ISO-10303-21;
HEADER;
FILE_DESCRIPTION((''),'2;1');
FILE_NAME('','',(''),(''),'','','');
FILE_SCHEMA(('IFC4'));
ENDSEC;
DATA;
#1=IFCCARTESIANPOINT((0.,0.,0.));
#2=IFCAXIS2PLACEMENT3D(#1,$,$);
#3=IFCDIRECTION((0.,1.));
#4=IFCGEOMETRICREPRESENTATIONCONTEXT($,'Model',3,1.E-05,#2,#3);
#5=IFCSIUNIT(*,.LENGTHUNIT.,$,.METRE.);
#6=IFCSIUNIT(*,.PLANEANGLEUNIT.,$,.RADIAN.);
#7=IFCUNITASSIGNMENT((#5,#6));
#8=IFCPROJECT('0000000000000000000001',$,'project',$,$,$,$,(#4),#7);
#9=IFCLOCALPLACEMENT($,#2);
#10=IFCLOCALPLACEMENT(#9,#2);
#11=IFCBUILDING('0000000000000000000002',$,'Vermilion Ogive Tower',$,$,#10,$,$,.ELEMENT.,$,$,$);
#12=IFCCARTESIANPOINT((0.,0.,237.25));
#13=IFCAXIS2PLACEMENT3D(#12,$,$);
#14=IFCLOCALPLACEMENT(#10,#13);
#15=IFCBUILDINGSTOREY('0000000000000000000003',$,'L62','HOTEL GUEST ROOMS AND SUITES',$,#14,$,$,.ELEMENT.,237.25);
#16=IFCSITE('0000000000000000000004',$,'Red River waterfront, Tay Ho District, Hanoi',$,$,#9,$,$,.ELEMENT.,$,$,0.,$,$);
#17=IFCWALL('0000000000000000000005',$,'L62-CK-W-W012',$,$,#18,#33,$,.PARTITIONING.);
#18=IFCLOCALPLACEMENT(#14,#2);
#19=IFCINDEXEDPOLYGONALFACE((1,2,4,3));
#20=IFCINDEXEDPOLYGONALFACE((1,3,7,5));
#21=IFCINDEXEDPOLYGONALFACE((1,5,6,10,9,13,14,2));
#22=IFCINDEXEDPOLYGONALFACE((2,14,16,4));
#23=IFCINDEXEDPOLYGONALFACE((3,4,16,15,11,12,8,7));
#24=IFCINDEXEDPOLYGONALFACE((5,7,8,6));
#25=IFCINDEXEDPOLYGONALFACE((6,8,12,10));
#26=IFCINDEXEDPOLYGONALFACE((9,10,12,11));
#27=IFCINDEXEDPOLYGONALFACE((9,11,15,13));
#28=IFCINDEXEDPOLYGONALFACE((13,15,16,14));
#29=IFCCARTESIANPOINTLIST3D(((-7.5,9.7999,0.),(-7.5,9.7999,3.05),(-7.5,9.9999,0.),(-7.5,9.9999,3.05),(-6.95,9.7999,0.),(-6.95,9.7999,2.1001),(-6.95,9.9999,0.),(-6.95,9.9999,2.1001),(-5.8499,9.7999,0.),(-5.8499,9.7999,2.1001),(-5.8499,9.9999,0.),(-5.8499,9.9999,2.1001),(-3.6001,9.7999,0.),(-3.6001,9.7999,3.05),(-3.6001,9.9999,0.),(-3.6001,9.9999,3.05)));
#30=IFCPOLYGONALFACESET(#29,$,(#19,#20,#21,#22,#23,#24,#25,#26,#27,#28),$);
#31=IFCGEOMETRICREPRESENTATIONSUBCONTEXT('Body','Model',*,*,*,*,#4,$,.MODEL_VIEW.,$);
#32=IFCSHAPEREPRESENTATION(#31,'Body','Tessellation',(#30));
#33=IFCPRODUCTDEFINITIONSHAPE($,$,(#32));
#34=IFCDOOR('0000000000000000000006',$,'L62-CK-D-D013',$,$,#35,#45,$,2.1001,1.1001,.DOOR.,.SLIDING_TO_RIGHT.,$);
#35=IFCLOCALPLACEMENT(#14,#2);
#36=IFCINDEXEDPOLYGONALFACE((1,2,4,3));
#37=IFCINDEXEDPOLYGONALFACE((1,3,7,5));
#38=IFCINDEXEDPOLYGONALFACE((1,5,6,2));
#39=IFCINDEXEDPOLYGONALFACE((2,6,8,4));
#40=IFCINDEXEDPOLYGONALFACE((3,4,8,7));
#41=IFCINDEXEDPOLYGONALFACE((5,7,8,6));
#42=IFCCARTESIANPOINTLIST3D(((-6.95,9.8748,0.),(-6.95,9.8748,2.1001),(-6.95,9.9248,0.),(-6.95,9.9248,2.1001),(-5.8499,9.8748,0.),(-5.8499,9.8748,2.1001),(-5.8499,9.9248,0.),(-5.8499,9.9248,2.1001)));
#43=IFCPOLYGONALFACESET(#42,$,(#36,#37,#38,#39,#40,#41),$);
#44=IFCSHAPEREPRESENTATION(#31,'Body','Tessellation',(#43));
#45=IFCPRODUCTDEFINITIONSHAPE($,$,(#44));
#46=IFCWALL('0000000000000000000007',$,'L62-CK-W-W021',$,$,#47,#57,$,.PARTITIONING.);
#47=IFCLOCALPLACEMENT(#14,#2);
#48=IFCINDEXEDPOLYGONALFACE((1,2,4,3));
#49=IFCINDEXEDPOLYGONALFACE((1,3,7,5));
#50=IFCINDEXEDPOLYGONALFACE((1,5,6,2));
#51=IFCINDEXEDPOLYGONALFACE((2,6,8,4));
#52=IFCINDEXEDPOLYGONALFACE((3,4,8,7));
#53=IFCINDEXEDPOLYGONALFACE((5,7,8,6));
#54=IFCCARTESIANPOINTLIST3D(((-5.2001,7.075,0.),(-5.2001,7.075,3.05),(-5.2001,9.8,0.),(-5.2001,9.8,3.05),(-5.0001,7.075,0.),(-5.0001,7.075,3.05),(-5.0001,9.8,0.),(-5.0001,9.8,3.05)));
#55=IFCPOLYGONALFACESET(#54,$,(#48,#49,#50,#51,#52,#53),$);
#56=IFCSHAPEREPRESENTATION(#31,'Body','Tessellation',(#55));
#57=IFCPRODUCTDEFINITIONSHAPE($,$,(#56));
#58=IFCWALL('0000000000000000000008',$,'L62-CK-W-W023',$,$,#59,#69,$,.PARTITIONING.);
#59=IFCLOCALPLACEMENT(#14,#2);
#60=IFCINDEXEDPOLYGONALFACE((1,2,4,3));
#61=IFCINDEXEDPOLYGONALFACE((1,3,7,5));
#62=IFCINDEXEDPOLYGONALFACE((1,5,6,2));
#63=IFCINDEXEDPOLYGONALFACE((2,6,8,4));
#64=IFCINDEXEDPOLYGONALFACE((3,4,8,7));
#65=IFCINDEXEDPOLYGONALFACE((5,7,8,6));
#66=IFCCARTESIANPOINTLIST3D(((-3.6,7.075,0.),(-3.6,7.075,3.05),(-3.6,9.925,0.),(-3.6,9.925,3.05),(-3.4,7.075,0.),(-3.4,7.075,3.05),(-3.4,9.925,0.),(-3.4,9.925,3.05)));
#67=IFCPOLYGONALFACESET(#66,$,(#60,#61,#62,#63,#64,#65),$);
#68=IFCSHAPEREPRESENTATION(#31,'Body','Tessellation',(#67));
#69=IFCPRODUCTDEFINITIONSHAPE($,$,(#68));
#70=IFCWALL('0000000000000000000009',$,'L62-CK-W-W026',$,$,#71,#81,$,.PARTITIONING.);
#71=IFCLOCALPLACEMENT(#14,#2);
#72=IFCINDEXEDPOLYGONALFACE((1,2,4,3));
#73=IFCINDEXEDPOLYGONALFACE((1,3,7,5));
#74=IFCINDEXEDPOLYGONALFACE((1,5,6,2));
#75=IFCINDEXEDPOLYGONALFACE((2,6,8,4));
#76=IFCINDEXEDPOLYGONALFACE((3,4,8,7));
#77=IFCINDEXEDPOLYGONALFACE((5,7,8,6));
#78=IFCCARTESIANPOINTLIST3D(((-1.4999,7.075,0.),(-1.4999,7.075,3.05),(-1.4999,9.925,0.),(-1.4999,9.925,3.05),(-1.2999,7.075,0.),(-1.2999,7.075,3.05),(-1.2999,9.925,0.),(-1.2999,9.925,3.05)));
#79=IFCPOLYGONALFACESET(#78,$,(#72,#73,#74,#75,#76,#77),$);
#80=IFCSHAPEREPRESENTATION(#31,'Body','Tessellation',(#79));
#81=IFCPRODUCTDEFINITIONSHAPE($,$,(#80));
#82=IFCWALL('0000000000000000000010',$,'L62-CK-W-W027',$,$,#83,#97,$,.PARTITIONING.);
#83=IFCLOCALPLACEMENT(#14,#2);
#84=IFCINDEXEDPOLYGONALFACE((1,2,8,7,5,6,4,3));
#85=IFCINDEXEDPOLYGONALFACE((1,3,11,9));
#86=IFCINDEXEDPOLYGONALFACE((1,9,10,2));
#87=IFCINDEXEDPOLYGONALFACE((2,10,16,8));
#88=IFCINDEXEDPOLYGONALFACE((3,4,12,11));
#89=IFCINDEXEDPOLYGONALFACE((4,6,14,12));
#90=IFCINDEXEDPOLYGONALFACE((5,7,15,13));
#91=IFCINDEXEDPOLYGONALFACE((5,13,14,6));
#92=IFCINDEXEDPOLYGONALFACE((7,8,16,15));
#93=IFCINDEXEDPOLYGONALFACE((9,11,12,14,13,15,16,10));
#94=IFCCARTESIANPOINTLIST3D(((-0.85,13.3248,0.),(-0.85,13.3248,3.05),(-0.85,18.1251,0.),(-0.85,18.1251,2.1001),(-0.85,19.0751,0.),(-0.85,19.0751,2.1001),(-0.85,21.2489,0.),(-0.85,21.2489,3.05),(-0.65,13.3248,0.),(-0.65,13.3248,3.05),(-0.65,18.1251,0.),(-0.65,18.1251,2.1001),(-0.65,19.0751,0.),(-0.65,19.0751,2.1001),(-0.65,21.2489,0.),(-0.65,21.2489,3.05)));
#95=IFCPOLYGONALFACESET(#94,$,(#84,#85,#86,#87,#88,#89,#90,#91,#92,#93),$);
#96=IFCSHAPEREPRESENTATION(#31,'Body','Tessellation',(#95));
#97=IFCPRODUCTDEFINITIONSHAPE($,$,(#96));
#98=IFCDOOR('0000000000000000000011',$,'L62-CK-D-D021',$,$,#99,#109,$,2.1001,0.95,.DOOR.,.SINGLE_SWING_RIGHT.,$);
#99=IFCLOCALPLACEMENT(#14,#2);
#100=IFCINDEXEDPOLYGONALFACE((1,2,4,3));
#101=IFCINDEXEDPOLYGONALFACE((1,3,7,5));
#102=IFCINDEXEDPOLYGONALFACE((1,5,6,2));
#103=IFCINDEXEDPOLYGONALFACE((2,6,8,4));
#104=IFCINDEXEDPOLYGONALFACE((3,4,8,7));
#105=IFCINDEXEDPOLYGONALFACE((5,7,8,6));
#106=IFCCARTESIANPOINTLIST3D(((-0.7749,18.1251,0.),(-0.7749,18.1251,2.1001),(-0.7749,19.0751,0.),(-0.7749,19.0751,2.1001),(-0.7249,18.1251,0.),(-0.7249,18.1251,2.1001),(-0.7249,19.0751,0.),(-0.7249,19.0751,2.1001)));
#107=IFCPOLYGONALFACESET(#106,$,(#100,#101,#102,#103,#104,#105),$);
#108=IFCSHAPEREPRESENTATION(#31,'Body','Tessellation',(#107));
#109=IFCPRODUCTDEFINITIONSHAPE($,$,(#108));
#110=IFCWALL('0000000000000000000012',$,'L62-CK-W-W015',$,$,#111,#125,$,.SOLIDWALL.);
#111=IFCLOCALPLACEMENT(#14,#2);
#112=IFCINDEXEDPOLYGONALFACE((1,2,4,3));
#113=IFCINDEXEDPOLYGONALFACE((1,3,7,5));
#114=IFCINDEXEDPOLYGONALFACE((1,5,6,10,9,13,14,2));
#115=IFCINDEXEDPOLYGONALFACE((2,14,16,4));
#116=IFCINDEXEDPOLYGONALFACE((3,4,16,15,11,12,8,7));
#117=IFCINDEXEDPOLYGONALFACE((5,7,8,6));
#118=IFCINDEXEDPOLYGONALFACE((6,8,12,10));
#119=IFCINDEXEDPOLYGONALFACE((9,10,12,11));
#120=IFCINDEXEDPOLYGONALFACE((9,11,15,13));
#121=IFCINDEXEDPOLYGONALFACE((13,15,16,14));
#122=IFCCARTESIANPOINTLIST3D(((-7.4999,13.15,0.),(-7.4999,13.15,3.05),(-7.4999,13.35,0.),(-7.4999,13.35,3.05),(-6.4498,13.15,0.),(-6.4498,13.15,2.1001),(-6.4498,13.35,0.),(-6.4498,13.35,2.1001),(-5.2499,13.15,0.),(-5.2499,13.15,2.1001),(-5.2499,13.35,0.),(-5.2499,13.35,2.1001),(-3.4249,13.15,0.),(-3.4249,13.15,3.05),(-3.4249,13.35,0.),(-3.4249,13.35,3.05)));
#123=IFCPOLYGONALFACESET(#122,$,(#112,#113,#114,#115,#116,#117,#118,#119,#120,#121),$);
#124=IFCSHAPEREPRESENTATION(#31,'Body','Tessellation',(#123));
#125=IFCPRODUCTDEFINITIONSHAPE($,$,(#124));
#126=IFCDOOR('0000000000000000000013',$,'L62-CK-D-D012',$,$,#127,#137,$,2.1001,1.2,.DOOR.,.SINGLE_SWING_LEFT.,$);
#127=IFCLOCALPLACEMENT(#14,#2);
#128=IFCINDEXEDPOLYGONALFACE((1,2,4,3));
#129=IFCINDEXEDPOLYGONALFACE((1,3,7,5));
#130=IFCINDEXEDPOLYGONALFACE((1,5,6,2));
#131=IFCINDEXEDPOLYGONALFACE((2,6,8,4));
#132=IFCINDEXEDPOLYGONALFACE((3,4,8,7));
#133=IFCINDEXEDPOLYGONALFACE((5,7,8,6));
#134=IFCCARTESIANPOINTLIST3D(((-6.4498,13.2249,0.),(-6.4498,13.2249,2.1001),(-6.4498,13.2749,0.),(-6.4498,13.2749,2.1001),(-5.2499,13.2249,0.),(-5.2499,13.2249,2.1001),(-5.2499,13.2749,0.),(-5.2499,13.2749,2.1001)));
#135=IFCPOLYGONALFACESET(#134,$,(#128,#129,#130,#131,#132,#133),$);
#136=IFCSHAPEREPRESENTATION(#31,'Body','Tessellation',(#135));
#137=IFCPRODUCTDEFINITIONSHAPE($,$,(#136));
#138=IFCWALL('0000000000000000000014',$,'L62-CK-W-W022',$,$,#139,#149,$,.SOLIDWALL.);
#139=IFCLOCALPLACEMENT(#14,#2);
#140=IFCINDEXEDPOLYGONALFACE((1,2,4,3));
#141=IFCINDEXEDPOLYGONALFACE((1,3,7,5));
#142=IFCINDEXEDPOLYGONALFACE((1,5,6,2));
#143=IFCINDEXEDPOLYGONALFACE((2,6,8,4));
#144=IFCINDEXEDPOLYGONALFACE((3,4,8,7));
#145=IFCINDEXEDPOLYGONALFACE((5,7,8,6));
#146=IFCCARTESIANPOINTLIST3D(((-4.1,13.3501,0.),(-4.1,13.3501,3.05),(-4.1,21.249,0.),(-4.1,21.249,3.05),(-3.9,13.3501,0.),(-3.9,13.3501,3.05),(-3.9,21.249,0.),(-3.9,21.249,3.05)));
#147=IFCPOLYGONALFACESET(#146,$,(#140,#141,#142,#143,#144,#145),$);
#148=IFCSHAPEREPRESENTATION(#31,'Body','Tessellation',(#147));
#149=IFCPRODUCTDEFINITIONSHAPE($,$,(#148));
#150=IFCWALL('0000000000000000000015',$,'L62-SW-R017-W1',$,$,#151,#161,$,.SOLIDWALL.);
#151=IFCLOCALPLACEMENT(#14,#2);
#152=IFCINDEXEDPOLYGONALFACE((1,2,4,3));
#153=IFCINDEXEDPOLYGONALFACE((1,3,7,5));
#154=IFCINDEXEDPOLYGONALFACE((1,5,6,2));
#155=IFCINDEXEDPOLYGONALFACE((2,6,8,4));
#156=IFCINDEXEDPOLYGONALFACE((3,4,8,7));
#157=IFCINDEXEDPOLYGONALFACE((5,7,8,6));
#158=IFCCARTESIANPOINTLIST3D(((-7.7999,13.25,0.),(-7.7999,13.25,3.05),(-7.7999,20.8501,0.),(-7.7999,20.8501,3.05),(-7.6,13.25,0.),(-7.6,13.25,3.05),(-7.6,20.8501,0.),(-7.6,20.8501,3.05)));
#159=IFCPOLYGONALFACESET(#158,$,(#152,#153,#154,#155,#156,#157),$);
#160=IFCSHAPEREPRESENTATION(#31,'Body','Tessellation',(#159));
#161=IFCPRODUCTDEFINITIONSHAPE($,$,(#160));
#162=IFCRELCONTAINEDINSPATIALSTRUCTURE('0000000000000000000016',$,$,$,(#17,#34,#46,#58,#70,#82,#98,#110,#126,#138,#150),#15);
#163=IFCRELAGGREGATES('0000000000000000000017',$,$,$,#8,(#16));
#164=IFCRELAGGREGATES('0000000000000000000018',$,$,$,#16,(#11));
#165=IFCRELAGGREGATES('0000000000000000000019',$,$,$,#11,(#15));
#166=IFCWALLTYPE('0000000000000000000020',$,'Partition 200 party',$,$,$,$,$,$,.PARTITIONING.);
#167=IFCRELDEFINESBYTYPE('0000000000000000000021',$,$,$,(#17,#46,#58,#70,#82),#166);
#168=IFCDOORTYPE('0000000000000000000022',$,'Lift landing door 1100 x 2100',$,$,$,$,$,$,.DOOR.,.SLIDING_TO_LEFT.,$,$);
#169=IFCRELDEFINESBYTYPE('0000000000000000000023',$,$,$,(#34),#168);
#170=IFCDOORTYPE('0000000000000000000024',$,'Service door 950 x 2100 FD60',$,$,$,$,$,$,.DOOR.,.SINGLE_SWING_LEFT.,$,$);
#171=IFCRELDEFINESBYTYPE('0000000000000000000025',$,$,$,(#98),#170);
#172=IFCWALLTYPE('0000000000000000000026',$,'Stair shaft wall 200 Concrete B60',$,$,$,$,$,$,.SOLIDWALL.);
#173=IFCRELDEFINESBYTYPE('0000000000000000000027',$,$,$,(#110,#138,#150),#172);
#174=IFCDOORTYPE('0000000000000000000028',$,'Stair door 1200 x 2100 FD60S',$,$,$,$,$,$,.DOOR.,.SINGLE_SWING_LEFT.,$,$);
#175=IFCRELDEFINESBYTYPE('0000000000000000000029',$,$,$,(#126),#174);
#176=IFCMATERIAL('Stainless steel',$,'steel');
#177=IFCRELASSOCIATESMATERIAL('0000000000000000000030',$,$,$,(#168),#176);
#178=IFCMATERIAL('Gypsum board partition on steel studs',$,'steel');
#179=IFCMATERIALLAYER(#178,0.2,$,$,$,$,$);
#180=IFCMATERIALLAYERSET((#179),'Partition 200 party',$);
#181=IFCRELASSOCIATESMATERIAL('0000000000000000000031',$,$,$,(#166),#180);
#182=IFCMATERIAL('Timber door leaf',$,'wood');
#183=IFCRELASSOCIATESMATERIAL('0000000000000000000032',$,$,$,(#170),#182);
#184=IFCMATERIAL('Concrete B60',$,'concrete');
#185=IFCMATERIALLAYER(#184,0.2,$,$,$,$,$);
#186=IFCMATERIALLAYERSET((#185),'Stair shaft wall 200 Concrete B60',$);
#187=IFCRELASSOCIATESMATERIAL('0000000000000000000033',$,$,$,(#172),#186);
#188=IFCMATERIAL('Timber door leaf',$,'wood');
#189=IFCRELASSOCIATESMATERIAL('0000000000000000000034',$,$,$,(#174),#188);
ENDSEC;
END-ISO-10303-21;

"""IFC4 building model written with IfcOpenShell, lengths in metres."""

from ifc_helpers import new_model, si_unit, direction, frame, frame_2d, origin, place, context, subcontext, project, spatial, rectangle, extrude, material, layer, layer_set, type_object, element, fill, save


model = new_model("IFC4")

# Units and contexts
model_context = context("Model", 3, precision=1e-05, world=origin(), true_north=direction((0.0, 1.0)))
body_context = subcontext(model_context, "Body", "Model", "MODEL_VIEW")
ifc_project = project(units=[si_unit("LENGTHUNIT", "METRE"), si_unit("PLANEANGLEUNIT", "RADIAN")], contexts=[model_context])

# Site, building, storey
site_placement = place(None, origin())
site = spatial("IfcSite", under=ifc_project, at=site_placement, Name="Red River waterfront, Tay Ho District, Hanoi", CompositionType="ELEMENT", RefElevation=0.0)
building_placement = place(site_placement, origin())
building = spatial("IfcBuilding", under=site, at=building_placement, Name="Vermilion Ogive Tower", CompositionType="ELEMENT")
storey_placement = place(building_placement, frame((0.0, 0.0, 237.25)))
storey = spatial("IfcBuildingStorey", under=building, at=storey_placement, Name="L62", Description="HOTEL GUEST ROOMS AND SUITES", CompositionType="ELEMENT", Elevation=237.25)

# Shared definitions
ifc_material_1 = material(Name="Stainless steel", Category="steel")
door_type_1 = type_object("IfcDoorType", Name="Lift landing door 1100 x 2100", OperationType="SLIDING_TO_LEFT", PredefinedType="DOOR", material=ifc_material_1)

# Wall, opening, door
ifc_material_2 = material(Name="Gypsum board partition on steel studs", Category="steel")
ifc_layer_1 = layer(ifc_material_2, 0.2)
ifc_layer_set_1 = layer_set([ifc_layer_1], Name="Partition 200 party")
wall_type_1 = type_object("IfcWallType", Name="Partition 200 party", PredefinedType="PARTITIONING", material=ifc_layer_set_1)
wall_1_placement = place(storey_placement, frame((-7.5, 9.8999, 0.0), z_axis=(0.0, 0.0, 1.0), x_axis=(1.0, 0.0, 0.0)))
wall_1 = element("IfcWall", 1, at=wall_1_placement, inside=storey, type_object=wall_type_1, Name="L62-CK-W-W012", PredefinedType="PARTITIONING", context=body_context, shape_type="SweptSolid", body=[
    extrude(rectangle(XDim=3.8999, YDim=0.2, at=frame_2d((1.95, 0.0))), origin(), (0.0, 0.0, 1.0), 3.05),
])
opening_1_placement = place(wall_1_placement, frame((0.55, 0.0, 0.0)))
opening_1 = element("IfcOpeningElement", 2, at=opening_1_placement, cuts=wall_1, PredefinedType="OPENING", context=body_context, shape_type="SweptSolid", body=[
    extrude(rectangle(XDim=1.1001, YDim=2.1001, at=frame_2d((0.55, 1.05))), frame((0.0, 0.1099, 0.0), z_axis=(0.0, -1.0, 0.0), x_axis=(1.0, 0.0, 0.0)), (0.0, 0.0, 1.0), 0.22),
])
door_1_placement = place(opening_1_placement, origin())
door_1 = element("IfcDoor", 3, at=door_1_placement, inside=storey, type_object=door_type_1, Name="L62-CK-D-D013", OperationType="SLIDING_TO_RIGHT", OverallHeight=2.1001, OverallWidth=1.1001, PredefinedType="DOOR", context=body_context, shape_type="SweptSolid", body=[
    extrude(rectangle(XDim=1.1001, YDim=2.1001, at=frame_2d((0.55, 1.05))), frame((0.0, 0.0249, 0.0), z_axis=(0.0, -1.0, 0.0), x_axis=(1.0, 0.0, 0.0)), (0.0, 0.0, 1.0), 0.05),
])
fill(opening_1, door_1)

# Walls
wall_2_placement = place(storey_placement, frame((-5.1001, 7.075, 0.0), z_axis=(0.0, 0.0, 1.0), x_axis=(0.0, 1.0, 0.0)))
element("IfcWall", 4, at=wall_2_placement, inside=storey, type_object=wall_type_1, Name="L62-CK-W-W021", PredefinedType="PARTITIONING", context=body_context, shape_type="SweptSolid", body=[
    extrude(rectangle(XDim=2.7251, YDim=0.2, at=frame_2d((1.3625, 0.0))), origin(), (0.0, 0.0, 1.0), 3.05),
])
for number, where, z_axis, x_axis, name in (
    (5, (-3.5, 7.075, 0.0), (0.0, 0.0, 1.0), (0.0, 1.0, 0.0), "L62-CK-W-W023"),
    (6, (-1.3999, 7.075, 0.0), (0.0, 0.0, 1.0), (0.0, 1.0, 0.0), "L62-CK-W-W026"),
):
    element("IfcWall", number, at=place(storey_placement, frame(where, z_axis=z_axis, x_axis=x_axis)), inside=storey, type_object=wall_type_1, Name=name, PredefinedType="PARTITIONING", context=body_context, shape_type="SweptSolid", body=[
        extrude(rectangle(XDim=2.8501, YDim=0.2, at=frame_2d((1.425, 0.0))), origin(), (0.0, 0.0, 1.0), 3.05),
    ])

# Walls, openings, doors
wall_3_placement = place(storey_placement, frame((-0.75, 13.325, 0.0), z_axis=(0.0, 0.0, 1.0), x_axis=(0.0, 1.0, 0.0)))
wall_3 = element("IfcWall", 7, at=wall_3_placement, inside=storey, type_object=wall_type_1, Name="L62-CK-W-W027", PredefinedType="PARTITIONING", context=body_context, shape_type="SweptSolid", body=[
    extrude(rectangle(XDim=7.9241, YDim=0.2, at=frame_2d((3.9619, 0.0))), origin(), (0.0, 0.0, 1.0), 3.05),
])
opening_2_placement = place(wall_3_placement, frame((4.8, 0.0, 0.0)))
opening_2 = element("IfcOpeningElement", 8, at=opening_2_placement, cuts=wall_3, PredefinedType="OPENING", context=body_context, shape_type="SweptSolid", body=[
    extrude(rectangle(XDim=0.95, YDim=2.1001, at=frame_2d((0.4751, 1.05))), frame((0.0, 0.1099, 0.0), z_axis=(0.0, -1.0, 0.0), x_axis=(1.0, 0.0, 0.0)), (0.0, 0.0, 1.0), 0.22),
])
ifc_material_3 = material(Name="Timber door leaf", Category="wood")
door_type_2 = type_object("IfcDoorType", Name="Service door 950 x 2100 FD60", OperationType="SINGLE_SWING_LEFT", PredefinedType="DOOR", material=ifc_material_3)
door_2_placement = place(opening_2_placement, origin())
door_2 = element("IfcDoor", 9, at=door_2_placement, inside=storey, type_object=door_type_2, Name="L62-CK-D-D021", OperationType="SINGLE_SWING_RIGHT", OverallHeight=2.1001, OverallWidth=0.95, PredefinedType="DOOR", context=body_context, shape_type="SweptSolid", body=[
    extrude(rectangle(XDim=0.95, YDim=2.1001, at=frame_2d((0.4751, 1.05))), frame((0.0, 0.0249, 0.0), z_axis=(0.0, -1.0, 0.0), x_axis=(1.0, 0.0, 0.0)), (0.0, 0.0, 1.0), 0.05),
])
fill(opening_2, door_2)
ifc_material_4 = material(Name="Concrete B60", Category="concrete")
ifc_layer_2 = layer(ifc_material_4, 0.2)
ifc_layer_set_2 = layer_set([ifc_layer_2], Name="Stair shaft wall 200 Concrete B60")
wall_type_2 = type_object("IfcWallType", Name="Stair shaft wall 200 Concrete B60", PredefinedType="SOLIDWALL", material=ifc_layer_set_2)
wall_4_placement = place(storey_placement, frame((-7.5, 13.25, 0.0), z_axis=(0.0, 0.0, 1.0), x_axis=(1.0, 0.0, 0.0)))
wall_4 = element("IfcWall", 10, at=wall_4_placement, inside=storey, type_object=wall_type_2, Name="L62-CK-W-W015", PredefinedType="SOLIDWALL", context=body_context, shape_type="SweptSolid", body=[
    extrude(rectangle(XDim=4.075, YDim=0.2, at=frame_2d((2.0376, 0.0))), origin(), (0.0, 0.0, 1.0), 3.05),
])
opening_3_placement = place(wall_4_placement, frame((1.05, 0.0, 0.0)))
opening_3 = element("IfcOpeningElement", 11, at=opening_3_placement, cuts=wall_4, PredefinedType="OPENING", context=body_context, shape_type="SweptSolid", body=[
    extrude(rectangle(XDim=1.2, YDim=2.1001, at=frame_2d((0.6001, 1.05))), frame((0.0, 0.1099, 0.0), z_axis=(0.0, -1.0, 0.0), x_axis=(1.0, 0.0, 0.0)), (0.0, 0.0, 1.0), 0.22),
])
ifc_material_5 = material(Name="Timber door leaf", Category="wood")
door_type_3 = type_object("IfcDoorType", Name="Stair door 1200 x 2100 FD60S", OperationType="SINGLE_SWING_LEFT", PredefinedType="DOOR", material=ifc_material_5)
door_3_placement = place(opening_3_placement, origin())
door_3 = element("IfcDoor", 12, at=door_3_placement, inside=storey, type_object=door_type_3, Name="L62-CK-D-D012", OperationType="SINGLE_SWING_LEFT", OverallHeight=2.1001, OverallWidth=1.2, PredefinedType="DOOR", context=body_context, shape_type="SweptSolid", body=[
    extrude(rectangle(XDim=1.2, YDim=2.1001, at=frame_2d((0.6001, 1.05))), frame((0.0, 0.0249, 0.0), z_axis=(0.0, -1.0, 0.0), x_axis=(1.0, 0.0, 0.0)), (0.0, 0.0, 1.0), 0.05),
])
fill(opening_3, door_3)

# Walls
wall_5_placement = place(storey_placement, frame((-4.0, 13.3501, 0.0), z_axis=(0.0, 0.0, 1.0), x_axis=(0.0, 1.0, 0.0)))
element("IfcWall", 13, at=wall_5_placement, inside=storey, type_object=wall_type_2, Name="L62-CK-W-W022", PredefinedType="SOLIDWALL", context=body_context, shape_type="SweptSolid", body=[
    extrude(rectangle(XDim=7.8989, YDim=0.2, at=frame_2d((3.9495, 0.0))), origin(), (0.0, 0.0, 1.0), 3.05),
])
wall_6_placement = place(storey_placement, frame((-7.7, 13.25, 0.0), z_axis=(0.0, 0.0, 1.0), x_axis=(0.0, 1.0, 0.0)))
element("IfcWall", 14, at=wall_6_placement, inside=storey, type_object=wall_type_2, Name="L62-SW-R017-W1", PredefinedType="SOLIDWALL", context=body_context, shape_type="SweptSolid", body=[
    extrude(rectangle(XDim=7.6001, YDim=0.2, at=frame_2d((3.8, 0.0))), origin(), (0.0, 0.0, 1.0), 3.05),
])

save(model, "model.ifc")
